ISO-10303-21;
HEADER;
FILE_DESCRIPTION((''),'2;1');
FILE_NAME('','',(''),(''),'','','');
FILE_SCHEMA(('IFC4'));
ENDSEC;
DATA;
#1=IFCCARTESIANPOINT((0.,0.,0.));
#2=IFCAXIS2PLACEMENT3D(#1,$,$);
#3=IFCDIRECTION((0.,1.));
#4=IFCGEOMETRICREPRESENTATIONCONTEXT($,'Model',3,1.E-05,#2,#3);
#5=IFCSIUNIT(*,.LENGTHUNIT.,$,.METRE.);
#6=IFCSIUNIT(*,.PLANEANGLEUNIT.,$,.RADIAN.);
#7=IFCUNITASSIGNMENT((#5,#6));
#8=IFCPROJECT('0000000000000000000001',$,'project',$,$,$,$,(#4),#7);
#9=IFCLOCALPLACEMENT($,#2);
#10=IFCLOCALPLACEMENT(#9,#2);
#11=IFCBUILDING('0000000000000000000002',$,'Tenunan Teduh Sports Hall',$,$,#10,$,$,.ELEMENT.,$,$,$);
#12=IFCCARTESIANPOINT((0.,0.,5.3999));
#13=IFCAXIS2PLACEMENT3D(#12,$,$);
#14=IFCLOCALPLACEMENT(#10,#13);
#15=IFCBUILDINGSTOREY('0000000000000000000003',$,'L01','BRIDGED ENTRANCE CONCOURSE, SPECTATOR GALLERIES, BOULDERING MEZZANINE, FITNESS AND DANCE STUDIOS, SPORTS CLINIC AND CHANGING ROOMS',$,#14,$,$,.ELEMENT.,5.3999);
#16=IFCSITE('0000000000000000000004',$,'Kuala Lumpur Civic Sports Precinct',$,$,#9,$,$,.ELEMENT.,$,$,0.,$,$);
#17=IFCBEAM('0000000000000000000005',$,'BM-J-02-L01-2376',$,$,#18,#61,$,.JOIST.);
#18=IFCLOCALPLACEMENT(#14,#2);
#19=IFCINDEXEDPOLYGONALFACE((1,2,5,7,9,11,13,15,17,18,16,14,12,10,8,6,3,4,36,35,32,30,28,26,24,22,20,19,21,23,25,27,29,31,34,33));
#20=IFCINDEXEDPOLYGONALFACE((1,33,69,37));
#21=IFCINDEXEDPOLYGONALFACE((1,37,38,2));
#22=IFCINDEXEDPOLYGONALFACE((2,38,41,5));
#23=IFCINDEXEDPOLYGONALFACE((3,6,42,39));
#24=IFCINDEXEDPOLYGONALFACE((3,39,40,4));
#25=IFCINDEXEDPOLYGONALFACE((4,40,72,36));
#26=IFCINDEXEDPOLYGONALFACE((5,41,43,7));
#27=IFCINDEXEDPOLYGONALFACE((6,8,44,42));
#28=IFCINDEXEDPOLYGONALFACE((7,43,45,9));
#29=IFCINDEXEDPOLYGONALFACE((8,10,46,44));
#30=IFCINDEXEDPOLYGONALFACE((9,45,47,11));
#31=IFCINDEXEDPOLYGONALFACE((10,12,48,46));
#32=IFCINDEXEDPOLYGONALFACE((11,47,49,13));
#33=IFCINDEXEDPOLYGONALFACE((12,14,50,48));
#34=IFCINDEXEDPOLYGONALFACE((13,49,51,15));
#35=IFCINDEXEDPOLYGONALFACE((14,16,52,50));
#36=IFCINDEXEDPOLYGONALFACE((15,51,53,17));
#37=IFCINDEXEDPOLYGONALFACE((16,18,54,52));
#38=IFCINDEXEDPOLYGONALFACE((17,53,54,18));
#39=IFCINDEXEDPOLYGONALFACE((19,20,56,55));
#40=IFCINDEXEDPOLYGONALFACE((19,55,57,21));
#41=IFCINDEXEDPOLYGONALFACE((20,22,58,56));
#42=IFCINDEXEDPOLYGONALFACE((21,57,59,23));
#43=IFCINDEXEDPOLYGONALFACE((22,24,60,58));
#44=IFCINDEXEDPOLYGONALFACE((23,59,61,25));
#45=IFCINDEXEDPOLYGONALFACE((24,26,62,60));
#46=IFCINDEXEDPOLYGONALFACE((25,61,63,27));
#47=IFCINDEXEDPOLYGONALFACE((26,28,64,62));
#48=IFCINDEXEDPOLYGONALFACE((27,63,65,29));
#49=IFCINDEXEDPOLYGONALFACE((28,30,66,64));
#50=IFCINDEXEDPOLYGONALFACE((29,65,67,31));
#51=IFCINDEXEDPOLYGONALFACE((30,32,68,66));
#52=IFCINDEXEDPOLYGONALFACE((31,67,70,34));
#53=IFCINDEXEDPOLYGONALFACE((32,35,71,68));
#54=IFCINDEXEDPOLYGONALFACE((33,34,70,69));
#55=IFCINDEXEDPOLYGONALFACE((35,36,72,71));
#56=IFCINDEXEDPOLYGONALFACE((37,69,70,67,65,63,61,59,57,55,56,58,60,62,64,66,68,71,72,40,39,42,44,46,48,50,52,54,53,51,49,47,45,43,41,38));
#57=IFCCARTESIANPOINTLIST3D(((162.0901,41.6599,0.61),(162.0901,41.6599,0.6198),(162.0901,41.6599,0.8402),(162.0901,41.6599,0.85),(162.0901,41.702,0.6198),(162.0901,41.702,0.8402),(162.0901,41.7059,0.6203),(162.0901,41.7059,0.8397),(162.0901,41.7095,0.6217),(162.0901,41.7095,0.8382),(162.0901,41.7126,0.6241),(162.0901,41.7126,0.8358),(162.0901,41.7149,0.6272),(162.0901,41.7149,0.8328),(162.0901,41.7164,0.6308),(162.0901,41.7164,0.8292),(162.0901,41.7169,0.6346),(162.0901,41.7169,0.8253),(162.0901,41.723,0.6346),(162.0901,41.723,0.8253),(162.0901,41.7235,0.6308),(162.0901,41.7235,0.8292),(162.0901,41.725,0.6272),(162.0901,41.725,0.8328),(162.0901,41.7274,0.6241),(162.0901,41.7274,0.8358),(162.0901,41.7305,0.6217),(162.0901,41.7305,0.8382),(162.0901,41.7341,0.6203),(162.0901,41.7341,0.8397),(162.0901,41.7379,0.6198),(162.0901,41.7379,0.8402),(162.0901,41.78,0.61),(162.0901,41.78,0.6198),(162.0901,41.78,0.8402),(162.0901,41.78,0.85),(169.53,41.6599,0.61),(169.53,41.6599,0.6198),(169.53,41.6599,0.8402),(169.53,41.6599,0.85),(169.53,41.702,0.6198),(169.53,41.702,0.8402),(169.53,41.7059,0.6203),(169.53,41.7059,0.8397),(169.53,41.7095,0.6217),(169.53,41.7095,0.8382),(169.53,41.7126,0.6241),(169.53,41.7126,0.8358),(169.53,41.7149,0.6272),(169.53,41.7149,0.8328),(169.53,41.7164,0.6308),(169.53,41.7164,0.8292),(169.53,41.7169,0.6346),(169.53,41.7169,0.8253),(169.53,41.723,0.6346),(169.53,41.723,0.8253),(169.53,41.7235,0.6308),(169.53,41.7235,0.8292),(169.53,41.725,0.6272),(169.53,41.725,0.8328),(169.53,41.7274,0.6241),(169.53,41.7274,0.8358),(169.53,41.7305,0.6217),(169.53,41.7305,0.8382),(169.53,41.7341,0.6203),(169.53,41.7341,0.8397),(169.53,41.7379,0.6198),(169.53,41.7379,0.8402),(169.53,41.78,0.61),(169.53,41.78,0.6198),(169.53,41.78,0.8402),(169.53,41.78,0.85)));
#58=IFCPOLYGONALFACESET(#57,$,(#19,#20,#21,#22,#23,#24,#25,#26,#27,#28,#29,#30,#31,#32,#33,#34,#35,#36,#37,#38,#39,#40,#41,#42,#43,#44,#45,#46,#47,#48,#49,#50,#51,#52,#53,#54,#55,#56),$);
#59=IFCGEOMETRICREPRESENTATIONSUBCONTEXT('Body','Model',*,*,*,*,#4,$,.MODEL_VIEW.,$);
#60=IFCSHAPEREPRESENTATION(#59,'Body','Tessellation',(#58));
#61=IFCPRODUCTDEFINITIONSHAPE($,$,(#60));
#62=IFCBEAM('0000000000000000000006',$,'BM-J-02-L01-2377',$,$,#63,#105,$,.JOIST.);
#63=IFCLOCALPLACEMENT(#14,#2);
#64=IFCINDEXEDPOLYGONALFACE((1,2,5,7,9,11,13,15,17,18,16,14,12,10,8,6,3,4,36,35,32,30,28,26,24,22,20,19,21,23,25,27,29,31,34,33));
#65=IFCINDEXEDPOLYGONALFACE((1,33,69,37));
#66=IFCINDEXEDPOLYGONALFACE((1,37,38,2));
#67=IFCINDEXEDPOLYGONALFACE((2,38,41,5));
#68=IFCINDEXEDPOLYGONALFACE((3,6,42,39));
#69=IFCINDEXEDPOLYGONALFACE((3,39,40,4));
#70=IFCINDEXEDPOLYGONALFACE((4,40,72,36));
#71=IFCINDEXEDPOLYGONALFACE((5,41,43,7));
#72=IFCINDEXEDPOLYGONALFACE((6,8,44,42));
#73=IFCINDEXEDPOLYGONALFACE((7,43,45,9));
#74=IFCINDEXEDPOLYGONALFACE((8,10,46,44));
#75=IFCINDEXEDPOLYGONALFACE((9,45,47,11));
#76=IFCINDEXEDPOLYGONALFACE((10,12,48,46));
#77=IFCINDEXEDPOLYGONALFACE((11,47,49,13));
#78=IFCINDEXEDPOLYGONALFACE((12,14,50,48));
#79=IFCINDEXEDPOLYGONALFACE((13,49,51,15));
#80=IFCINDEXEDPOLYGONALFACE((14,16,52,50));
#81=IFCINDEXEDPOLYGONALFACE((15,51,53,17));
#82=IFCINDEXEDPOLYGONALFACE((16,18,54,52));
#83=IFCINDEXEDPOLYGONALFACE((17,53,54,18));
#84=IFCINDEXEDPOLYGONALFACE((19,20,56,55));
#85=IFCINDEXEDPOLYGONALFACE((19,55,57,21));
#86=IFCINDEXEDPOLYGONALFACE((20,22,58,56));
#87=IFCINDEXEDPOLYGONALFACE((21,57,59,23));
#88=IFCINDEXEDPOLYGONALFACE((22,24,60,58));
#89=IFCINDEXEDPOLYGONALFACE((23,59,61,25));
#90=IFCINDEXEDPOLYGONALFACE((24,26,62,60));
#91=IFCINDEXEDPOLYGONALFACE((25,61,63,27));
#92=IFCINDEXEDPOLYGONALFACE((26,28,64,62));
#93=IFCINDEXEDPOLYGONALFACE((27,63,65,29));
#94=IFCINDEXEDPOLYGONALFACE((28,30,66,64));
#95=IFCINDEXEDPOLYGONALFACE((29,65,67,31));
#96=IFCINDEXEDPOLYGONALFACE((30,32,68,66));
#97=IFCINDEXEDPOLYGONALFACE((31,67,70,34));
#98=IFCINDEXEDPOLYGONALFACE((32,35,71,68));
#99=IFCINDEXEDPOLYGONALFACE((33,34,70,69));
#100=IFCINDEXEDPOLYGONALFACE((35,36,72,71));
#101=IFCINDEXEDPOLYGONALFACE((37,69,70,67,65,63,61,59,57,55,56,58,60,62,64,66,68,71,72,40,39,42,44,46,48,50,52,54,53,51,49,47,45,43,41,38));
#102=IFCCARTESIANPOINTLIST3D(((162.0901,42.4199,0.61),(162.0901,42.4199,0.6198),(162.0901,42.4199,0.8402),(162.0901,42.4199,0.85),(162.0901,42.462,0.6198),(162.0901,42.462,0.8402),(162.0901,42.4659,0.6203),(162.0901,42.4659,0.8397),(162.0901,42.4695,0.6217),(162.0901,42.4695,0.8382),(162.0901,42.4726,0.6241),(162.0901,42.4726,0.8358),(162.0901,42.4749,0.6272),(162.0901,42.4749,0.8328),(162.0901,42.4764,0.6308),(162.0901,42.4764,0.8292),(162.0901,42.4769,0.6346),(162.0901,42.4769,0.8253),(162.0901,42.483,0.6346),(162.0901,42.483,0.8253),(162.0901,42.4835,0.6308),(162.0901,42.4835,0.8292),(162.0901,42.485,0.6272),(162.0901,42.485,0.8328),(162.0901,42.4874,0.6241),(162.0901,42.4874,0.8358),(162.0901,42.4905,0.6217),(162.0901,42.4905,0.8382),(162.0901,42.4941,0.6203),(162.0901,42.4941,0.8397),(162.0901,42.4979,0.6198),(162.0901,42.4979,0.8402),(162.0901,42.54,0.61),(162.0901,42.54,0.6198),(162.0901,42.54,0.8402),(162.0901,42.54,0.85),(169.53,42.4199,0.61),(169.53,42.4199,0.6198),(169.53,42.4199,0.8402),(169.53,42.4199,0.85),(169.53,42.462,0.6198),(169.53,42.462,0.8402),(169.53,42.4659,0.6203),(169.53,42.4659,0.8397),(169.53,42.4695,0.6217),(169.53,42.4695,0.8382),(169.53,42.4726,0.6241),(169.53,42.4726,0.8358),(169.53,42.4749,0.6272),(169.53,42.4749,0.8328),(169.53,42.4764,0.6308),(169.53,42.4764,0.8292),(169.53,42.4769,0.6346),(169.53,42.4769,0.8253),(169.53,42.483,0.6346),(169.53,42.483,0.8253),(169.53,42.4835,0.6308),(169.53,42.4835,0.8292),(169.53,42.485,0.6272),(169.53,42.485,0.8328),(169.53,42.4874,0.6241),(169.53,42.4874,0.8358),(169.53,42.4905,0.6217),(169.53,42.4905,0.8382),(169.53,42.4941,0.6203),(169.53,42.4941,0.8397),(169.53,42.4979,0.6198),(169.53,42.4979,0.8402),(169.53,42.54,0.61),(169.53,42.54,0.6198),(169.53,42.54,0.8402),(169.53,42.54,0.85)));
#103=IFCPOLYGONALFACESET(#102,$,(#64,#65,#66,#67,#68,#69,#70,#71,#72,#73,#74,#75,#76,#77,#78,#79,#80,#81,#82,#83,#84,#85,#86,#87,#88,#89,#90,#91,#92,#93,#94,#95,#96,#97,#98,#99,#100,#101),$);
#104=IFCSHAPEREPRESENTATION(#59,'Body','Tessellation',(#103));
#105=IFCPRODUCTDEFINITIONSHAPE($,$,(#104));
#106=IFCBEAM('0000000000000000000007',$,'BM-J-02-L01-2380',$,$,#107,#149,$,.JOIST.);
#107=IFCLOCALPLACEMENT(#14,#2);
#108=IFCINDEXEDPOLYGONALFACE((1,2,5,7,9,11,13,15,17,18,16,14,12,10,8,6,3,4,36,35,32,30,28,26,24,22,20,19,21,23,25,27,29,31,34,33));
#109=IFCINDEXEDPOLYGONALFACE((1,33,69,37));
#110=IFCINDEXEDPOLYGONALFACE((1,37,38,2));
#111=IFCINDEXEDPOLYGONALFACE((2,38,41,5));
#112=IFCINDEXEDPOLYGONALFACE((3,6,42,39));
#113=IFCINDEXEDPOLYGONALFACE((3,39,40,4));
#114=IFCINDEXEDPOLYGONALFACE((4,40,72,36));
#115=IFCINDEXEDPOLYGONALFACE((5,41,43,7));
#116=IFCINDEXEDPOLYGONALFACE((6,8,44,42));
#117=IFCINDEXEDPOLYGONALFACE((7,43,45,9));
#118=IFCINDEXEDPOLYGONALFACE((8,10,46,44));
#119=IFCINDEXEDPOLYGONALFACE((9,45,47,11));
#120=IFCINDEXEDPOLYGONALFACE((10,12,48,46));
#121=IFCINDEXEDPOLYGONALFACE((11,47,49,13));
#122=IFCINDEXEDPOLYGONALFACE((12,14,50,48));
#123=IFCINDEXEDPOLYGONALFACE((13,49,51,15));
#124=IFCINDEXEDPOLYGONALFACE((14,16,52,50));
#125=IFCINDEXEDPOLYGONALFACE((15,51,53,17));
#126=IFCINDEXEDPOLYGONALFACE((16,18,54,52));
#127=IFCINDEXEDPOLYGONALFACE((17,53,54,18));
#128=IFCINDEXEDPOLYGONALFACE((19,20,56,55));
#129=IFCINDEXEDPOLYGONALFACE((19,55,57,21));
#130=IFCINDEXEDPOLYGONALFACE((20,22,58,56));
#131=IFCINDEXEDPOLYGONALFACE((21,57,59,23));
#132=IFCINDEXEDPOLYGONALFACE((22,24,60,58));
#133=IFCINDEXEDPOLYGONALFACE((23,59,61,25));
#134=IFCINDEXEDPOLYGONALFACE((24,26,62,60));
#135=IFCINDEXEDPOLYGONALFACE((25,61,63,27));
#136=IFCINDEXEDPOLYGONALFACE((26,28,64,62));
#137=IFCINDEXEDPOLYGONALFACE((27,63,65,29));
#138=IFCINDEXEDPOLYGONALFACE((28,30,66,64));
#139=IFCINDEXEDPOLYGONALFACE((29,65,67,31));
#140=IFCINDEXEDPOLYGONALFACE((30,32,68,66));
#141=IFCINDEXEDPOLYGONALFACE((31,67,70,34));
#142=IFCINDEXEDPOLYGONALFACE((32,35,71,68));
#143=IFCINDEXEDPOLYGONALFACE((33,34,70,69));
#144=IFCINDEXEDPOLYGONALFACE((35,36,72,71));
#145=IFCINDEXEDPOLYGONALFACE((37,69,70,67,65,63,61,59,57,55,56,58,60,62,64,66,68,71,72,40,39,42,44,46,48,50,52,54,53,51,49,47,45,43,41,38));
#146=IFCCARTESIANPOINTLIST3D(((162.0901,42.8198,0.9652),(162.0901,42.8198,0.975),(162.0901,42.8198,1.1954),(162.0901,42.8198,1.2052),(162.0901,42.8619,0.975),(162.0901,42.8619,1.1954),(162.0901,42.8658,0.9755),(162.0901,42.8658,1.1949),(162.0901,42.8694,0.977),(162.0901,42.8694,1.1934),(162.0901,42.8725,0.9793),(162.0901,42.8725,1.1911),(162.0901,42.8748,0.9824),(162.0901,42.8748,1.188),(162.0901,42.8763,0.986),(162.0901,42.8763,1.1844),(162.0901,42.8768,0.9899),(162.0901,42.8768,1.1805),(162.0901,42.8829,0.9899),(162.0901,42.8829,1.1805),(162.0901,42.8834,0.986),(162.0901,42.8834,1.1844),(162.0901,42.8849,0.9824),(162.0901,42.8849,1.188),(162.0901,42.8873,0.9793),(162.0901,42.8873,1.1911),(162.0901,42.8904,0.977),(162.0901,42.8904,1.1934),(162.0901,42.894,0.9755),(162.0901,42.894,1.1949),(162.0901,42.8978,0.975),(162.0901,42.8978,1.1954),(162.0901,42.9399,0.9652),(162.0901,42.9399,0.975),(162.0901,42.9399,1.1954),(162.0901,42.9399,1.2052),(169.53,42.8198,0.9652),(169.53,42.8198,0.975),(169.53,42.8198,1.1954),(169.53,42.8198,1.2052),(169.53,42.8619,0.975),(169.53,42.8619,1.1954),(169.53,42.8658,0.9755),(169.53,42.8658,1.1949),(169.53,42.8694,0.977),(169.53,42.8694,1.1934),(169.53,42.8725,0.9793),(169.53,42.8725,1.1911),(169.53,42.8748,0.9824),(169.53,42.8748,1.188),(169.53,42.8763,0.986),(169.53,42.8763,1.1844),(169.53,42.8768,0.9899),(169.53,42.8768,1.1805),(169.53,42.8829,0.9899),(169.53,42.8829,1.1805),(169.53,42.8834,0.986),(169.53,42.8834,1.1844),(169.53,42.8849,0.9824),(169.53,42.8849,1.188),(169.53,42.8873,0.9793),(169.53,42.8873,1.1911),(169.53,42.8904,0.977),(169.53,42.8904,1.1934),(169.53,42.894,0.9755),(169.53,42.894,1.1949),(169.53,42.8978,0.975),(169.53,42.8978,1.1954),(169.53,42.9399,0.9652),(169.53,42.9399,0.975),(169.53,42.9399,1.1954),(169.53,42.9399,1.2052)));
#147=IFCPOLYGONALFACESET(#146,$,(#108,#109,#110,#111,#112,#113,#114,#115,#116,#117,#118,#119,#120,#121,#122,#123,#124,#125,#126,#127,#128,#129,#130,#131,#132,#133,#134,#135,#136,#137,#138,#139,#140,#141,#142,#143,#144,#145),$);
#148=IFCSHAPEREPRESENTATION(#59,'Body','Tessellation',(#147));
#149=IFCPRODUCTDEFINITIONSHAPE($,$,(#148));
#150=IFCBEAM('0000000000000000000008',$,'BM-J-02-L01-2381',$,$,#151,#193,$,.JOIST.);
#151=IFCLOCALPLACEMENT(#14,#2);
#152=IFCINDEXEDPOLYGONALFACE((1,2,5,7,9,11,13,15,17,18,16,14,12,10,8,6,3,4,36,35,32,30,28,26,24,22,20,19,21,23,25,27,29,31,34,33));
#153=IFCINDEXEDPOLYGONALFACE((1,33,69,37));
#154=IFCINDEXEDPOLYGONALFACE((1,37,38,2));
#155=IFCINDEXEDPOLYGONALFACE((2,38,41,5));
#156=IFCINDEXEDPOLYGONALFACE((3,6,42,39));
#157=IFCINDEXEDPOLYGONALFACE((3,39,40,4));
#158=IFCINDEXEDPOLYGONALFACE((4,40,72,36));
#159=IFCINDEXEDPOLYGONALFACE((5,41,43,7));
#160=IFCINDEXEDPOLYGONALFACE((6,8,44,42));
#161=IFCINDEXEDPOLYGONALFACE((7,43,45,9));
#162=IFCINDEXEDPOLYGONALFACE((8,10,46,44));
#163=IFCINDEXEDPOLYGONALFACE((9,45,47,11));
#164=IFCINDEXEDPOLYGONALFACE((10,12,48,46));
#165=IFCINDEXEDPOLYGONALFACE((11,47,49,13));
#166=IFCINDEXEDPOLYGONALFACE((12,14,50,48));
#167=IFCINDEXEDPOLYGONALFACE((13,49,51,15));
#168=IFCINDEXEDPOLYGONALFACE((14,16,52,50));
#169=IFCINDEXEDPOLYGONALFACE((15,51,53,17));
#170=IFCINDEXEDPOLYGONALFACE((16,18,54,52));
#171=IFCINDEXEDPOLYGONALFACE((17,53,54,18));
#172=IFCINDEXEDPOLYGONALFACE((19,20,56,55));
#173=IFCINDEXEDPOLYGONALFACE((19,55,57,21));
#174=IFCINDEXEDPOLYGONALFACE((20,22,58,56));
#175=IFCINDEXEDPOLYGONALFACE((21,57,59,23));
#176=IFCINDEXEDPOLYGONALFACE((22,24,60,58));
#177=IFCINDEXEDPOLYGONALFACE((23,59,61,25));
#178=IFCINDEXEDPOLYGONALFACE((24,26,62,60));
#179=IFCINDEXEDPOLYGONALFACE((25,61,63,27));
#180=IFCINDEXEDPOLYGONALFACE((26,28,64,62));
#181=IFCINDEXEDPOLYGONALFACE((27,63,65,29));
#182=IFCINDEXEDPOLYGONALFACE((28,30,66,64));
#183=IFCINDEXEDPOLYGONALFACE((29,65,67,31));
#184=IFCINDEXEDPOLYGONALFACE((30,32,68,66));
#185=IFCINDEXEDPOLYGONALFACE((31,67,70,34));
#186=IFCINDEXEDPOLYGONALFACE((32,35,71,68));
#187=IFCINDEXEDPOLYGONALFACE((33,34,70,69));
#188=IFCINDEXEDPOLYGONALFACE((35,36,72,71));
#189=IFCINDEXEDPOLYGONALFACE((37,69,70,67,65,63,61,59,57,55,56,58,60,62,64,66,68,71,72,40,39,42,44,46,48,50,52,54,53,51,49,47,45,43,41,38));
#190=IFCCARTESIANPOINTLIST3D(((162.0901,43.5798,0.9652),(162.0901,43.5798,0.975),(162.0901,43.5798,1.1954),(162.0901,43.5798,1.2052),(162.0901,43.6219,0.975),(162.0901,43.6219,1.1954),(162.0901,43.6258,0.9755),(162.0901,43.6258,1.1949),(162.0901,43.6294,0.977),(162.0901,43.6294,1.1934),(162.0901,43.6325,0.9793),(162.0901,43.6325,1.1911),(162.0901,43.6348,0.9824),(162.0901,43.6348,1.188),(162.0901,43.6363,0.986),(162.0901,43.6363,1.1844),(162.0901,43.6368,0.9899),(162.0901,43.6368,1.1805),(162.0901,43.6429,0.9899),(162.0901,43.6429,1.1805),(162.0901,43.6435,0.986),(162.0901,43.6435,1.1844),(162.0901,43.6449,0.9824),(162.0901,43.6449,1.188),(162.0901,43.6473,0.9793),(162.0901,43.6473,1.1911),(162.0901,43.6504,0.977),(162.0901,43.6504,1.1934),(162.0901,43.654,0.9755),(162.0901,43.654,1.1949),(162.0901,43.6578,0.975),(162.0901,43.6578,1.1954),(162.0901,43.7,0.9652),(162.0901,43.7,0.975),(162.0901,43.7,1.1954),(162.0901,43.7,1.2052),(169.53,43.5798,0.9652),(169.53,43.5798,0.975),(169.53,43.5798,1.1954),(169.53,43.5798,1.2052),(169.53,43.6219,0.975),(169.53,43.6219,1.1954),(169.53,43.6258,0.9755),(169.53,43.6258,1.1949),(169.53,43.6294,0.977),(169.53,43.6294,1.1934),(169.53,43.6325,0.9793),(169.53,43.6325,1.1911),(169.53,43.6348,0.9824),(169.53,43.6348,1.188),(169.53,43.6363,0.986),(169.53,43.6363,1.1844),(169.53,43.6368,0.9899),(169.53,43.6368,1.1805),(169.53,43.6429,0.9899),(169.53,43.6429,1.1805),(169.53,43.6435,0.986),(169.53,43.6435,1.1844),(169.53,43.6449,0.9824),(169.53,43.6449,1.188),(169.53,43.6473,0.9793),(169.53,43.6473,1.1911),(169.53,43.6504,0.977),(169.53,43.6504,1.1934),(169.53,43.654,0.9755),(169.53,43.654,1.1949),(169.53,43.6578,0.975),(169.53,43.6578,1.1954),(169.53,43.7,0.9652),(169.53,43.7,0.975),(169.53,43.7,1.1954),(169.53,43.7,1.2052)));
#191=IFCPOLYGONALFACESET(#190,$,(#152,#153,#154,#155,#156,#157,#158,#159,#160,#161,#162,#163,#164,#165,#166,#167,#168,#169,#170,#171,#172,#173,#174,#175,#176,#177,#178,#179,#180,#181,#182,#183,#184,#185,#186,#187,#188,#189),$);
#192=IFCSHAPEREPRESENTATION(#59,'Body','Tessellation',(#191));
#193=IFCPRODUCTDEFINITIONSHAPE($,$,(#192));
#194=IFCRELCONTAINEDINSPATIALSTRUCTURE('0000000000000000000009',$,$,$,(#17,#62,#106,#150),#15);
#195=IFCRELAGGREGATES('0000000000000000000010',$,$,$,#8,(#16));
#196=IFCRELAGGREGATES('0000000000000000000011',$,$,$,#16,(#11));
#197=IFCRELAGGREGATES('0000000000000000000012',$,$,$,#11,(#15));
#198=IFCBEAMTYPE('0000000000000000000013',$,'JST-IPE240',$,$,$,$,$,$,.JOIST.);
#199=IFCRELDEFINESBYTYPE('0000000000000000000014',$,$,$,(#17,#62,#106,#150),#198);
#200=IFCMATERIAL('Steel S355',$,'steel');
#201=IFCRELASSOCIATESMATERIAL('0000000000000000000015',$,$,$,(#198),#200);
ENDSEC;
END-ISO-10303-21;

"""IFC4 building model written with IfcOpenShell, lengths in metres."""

from ifc_helpers import new_model, si_unit, direction, frame, origin, origin_2d, place, context, subcontext, project, spatial, i_section, extrude, material, material_profile, profile_set, type_object, element, save


model = new_model("IFC4")

# Units and contexts
model_context = context("Model", 3, precision=1e-05, world=origin(), true_north=direction((0.0, 1.0)))
body_context = subcontext(model_context, "Body", "Model", "MODEL_VIEW")
ifc_project = project(units=[si_unit("LENGTHUNIT", "METRE"), si_unit("PLANEANGLEUNIT", "RADIAN")], contexts=[model_context])

# Site, building, storey
site_placement = place(None, origin())
site = spatial("IfcSite", under=ifc_project, at=site_placement, Name="Kuala Lumpur Civic Sports Precinct", CompositionType="ELEMENT", RefElevation=0.0)
building_placement = place(site_placement, origin())
building = spatial("IfcBuilding", under=site, at=building_placement, Name="Tenunan Teduh Sports Hall", CompositionType="ELEMENT")
storey_placement = place(building_placement, frame((0.0, 0.0, 5.3999)))
storey = spatial("IfcBuildingStorey", under=building, at=storey_placement, Name="L01", Description="BRIDGED ENTRANCE CONCOURSE, SPECTATOR GALLERIES, BOULDERING MEZZANINE, FITNESS AND DANCE STUDIOS, SPORTS CLINIC AND CHANGING ROOMS", CompositionType="ELEMENT", Elevation=5.3999)

# Beams
ifc_material_1 = material(Name="Steel S355", Category="steel")
ifc_material_profile_1 = material_profile(ifc_material_1, i_section(OverallWidth=0.1201, OverallDepth=0.24, WebThickness=0.0061, FlangeThickness=0.0098, FilletRadius=0.0149, at=origin_2d()), Name="IPE 240")
ifc_profile_set_1 = profile_set([ifc_material_profile_1], Name="Steel S355")
beam_type_1 = type_object("IfcBeamType", Name="JST-IPE240", PredefinedType="JOIST", material=ifc_profile_set_1)
for number, where, z_axis, x_axis, name in (
    (1, (162.0901, 41.72, 0.73), (1.0, 0.0, 0.0), (0.0, 1.0, 0.0), "BM-J-02-L01-2376"),
    (2, (162.0901, 42.48, 0.73), (1.0, 0.0, 0.0), (0.0, 1.0, 0.0), "BM-J-02-L01-2377"),
    (3, (162.0901, 42.8799, 1.0852), (1.0, 0.0, 0.0), (0.0, 1.0, 0.0), "BM-J-02-L01-2380"),
    (4, (162.0901, 43.6399, 1.0852), (1.0, 0.0, 0.0), (0.0, 1.0, 0.0), "BM-J-02-L01-2381"),
):
    element("IfcBeam", number, at=place(storey_placement, frame(where, z_axis=z_axis, x_axis=x_axis)), inside=storey, type_object=beam_type_1, Name=name, PredefinedType="JOIST", context=body_context, shape_type="SweptSolid", body=[
        extrude(i_section(OverallWidth=0.1201, OverallDepth=0.24, WebThickness=0.0061, FlangeThickness=0.0098, FilletRadius=0.0149, at=origin_2d()), origin(), (0.0, 0.0, 1.0), 7.4399),
    ])

save(model, "model.ifc")
